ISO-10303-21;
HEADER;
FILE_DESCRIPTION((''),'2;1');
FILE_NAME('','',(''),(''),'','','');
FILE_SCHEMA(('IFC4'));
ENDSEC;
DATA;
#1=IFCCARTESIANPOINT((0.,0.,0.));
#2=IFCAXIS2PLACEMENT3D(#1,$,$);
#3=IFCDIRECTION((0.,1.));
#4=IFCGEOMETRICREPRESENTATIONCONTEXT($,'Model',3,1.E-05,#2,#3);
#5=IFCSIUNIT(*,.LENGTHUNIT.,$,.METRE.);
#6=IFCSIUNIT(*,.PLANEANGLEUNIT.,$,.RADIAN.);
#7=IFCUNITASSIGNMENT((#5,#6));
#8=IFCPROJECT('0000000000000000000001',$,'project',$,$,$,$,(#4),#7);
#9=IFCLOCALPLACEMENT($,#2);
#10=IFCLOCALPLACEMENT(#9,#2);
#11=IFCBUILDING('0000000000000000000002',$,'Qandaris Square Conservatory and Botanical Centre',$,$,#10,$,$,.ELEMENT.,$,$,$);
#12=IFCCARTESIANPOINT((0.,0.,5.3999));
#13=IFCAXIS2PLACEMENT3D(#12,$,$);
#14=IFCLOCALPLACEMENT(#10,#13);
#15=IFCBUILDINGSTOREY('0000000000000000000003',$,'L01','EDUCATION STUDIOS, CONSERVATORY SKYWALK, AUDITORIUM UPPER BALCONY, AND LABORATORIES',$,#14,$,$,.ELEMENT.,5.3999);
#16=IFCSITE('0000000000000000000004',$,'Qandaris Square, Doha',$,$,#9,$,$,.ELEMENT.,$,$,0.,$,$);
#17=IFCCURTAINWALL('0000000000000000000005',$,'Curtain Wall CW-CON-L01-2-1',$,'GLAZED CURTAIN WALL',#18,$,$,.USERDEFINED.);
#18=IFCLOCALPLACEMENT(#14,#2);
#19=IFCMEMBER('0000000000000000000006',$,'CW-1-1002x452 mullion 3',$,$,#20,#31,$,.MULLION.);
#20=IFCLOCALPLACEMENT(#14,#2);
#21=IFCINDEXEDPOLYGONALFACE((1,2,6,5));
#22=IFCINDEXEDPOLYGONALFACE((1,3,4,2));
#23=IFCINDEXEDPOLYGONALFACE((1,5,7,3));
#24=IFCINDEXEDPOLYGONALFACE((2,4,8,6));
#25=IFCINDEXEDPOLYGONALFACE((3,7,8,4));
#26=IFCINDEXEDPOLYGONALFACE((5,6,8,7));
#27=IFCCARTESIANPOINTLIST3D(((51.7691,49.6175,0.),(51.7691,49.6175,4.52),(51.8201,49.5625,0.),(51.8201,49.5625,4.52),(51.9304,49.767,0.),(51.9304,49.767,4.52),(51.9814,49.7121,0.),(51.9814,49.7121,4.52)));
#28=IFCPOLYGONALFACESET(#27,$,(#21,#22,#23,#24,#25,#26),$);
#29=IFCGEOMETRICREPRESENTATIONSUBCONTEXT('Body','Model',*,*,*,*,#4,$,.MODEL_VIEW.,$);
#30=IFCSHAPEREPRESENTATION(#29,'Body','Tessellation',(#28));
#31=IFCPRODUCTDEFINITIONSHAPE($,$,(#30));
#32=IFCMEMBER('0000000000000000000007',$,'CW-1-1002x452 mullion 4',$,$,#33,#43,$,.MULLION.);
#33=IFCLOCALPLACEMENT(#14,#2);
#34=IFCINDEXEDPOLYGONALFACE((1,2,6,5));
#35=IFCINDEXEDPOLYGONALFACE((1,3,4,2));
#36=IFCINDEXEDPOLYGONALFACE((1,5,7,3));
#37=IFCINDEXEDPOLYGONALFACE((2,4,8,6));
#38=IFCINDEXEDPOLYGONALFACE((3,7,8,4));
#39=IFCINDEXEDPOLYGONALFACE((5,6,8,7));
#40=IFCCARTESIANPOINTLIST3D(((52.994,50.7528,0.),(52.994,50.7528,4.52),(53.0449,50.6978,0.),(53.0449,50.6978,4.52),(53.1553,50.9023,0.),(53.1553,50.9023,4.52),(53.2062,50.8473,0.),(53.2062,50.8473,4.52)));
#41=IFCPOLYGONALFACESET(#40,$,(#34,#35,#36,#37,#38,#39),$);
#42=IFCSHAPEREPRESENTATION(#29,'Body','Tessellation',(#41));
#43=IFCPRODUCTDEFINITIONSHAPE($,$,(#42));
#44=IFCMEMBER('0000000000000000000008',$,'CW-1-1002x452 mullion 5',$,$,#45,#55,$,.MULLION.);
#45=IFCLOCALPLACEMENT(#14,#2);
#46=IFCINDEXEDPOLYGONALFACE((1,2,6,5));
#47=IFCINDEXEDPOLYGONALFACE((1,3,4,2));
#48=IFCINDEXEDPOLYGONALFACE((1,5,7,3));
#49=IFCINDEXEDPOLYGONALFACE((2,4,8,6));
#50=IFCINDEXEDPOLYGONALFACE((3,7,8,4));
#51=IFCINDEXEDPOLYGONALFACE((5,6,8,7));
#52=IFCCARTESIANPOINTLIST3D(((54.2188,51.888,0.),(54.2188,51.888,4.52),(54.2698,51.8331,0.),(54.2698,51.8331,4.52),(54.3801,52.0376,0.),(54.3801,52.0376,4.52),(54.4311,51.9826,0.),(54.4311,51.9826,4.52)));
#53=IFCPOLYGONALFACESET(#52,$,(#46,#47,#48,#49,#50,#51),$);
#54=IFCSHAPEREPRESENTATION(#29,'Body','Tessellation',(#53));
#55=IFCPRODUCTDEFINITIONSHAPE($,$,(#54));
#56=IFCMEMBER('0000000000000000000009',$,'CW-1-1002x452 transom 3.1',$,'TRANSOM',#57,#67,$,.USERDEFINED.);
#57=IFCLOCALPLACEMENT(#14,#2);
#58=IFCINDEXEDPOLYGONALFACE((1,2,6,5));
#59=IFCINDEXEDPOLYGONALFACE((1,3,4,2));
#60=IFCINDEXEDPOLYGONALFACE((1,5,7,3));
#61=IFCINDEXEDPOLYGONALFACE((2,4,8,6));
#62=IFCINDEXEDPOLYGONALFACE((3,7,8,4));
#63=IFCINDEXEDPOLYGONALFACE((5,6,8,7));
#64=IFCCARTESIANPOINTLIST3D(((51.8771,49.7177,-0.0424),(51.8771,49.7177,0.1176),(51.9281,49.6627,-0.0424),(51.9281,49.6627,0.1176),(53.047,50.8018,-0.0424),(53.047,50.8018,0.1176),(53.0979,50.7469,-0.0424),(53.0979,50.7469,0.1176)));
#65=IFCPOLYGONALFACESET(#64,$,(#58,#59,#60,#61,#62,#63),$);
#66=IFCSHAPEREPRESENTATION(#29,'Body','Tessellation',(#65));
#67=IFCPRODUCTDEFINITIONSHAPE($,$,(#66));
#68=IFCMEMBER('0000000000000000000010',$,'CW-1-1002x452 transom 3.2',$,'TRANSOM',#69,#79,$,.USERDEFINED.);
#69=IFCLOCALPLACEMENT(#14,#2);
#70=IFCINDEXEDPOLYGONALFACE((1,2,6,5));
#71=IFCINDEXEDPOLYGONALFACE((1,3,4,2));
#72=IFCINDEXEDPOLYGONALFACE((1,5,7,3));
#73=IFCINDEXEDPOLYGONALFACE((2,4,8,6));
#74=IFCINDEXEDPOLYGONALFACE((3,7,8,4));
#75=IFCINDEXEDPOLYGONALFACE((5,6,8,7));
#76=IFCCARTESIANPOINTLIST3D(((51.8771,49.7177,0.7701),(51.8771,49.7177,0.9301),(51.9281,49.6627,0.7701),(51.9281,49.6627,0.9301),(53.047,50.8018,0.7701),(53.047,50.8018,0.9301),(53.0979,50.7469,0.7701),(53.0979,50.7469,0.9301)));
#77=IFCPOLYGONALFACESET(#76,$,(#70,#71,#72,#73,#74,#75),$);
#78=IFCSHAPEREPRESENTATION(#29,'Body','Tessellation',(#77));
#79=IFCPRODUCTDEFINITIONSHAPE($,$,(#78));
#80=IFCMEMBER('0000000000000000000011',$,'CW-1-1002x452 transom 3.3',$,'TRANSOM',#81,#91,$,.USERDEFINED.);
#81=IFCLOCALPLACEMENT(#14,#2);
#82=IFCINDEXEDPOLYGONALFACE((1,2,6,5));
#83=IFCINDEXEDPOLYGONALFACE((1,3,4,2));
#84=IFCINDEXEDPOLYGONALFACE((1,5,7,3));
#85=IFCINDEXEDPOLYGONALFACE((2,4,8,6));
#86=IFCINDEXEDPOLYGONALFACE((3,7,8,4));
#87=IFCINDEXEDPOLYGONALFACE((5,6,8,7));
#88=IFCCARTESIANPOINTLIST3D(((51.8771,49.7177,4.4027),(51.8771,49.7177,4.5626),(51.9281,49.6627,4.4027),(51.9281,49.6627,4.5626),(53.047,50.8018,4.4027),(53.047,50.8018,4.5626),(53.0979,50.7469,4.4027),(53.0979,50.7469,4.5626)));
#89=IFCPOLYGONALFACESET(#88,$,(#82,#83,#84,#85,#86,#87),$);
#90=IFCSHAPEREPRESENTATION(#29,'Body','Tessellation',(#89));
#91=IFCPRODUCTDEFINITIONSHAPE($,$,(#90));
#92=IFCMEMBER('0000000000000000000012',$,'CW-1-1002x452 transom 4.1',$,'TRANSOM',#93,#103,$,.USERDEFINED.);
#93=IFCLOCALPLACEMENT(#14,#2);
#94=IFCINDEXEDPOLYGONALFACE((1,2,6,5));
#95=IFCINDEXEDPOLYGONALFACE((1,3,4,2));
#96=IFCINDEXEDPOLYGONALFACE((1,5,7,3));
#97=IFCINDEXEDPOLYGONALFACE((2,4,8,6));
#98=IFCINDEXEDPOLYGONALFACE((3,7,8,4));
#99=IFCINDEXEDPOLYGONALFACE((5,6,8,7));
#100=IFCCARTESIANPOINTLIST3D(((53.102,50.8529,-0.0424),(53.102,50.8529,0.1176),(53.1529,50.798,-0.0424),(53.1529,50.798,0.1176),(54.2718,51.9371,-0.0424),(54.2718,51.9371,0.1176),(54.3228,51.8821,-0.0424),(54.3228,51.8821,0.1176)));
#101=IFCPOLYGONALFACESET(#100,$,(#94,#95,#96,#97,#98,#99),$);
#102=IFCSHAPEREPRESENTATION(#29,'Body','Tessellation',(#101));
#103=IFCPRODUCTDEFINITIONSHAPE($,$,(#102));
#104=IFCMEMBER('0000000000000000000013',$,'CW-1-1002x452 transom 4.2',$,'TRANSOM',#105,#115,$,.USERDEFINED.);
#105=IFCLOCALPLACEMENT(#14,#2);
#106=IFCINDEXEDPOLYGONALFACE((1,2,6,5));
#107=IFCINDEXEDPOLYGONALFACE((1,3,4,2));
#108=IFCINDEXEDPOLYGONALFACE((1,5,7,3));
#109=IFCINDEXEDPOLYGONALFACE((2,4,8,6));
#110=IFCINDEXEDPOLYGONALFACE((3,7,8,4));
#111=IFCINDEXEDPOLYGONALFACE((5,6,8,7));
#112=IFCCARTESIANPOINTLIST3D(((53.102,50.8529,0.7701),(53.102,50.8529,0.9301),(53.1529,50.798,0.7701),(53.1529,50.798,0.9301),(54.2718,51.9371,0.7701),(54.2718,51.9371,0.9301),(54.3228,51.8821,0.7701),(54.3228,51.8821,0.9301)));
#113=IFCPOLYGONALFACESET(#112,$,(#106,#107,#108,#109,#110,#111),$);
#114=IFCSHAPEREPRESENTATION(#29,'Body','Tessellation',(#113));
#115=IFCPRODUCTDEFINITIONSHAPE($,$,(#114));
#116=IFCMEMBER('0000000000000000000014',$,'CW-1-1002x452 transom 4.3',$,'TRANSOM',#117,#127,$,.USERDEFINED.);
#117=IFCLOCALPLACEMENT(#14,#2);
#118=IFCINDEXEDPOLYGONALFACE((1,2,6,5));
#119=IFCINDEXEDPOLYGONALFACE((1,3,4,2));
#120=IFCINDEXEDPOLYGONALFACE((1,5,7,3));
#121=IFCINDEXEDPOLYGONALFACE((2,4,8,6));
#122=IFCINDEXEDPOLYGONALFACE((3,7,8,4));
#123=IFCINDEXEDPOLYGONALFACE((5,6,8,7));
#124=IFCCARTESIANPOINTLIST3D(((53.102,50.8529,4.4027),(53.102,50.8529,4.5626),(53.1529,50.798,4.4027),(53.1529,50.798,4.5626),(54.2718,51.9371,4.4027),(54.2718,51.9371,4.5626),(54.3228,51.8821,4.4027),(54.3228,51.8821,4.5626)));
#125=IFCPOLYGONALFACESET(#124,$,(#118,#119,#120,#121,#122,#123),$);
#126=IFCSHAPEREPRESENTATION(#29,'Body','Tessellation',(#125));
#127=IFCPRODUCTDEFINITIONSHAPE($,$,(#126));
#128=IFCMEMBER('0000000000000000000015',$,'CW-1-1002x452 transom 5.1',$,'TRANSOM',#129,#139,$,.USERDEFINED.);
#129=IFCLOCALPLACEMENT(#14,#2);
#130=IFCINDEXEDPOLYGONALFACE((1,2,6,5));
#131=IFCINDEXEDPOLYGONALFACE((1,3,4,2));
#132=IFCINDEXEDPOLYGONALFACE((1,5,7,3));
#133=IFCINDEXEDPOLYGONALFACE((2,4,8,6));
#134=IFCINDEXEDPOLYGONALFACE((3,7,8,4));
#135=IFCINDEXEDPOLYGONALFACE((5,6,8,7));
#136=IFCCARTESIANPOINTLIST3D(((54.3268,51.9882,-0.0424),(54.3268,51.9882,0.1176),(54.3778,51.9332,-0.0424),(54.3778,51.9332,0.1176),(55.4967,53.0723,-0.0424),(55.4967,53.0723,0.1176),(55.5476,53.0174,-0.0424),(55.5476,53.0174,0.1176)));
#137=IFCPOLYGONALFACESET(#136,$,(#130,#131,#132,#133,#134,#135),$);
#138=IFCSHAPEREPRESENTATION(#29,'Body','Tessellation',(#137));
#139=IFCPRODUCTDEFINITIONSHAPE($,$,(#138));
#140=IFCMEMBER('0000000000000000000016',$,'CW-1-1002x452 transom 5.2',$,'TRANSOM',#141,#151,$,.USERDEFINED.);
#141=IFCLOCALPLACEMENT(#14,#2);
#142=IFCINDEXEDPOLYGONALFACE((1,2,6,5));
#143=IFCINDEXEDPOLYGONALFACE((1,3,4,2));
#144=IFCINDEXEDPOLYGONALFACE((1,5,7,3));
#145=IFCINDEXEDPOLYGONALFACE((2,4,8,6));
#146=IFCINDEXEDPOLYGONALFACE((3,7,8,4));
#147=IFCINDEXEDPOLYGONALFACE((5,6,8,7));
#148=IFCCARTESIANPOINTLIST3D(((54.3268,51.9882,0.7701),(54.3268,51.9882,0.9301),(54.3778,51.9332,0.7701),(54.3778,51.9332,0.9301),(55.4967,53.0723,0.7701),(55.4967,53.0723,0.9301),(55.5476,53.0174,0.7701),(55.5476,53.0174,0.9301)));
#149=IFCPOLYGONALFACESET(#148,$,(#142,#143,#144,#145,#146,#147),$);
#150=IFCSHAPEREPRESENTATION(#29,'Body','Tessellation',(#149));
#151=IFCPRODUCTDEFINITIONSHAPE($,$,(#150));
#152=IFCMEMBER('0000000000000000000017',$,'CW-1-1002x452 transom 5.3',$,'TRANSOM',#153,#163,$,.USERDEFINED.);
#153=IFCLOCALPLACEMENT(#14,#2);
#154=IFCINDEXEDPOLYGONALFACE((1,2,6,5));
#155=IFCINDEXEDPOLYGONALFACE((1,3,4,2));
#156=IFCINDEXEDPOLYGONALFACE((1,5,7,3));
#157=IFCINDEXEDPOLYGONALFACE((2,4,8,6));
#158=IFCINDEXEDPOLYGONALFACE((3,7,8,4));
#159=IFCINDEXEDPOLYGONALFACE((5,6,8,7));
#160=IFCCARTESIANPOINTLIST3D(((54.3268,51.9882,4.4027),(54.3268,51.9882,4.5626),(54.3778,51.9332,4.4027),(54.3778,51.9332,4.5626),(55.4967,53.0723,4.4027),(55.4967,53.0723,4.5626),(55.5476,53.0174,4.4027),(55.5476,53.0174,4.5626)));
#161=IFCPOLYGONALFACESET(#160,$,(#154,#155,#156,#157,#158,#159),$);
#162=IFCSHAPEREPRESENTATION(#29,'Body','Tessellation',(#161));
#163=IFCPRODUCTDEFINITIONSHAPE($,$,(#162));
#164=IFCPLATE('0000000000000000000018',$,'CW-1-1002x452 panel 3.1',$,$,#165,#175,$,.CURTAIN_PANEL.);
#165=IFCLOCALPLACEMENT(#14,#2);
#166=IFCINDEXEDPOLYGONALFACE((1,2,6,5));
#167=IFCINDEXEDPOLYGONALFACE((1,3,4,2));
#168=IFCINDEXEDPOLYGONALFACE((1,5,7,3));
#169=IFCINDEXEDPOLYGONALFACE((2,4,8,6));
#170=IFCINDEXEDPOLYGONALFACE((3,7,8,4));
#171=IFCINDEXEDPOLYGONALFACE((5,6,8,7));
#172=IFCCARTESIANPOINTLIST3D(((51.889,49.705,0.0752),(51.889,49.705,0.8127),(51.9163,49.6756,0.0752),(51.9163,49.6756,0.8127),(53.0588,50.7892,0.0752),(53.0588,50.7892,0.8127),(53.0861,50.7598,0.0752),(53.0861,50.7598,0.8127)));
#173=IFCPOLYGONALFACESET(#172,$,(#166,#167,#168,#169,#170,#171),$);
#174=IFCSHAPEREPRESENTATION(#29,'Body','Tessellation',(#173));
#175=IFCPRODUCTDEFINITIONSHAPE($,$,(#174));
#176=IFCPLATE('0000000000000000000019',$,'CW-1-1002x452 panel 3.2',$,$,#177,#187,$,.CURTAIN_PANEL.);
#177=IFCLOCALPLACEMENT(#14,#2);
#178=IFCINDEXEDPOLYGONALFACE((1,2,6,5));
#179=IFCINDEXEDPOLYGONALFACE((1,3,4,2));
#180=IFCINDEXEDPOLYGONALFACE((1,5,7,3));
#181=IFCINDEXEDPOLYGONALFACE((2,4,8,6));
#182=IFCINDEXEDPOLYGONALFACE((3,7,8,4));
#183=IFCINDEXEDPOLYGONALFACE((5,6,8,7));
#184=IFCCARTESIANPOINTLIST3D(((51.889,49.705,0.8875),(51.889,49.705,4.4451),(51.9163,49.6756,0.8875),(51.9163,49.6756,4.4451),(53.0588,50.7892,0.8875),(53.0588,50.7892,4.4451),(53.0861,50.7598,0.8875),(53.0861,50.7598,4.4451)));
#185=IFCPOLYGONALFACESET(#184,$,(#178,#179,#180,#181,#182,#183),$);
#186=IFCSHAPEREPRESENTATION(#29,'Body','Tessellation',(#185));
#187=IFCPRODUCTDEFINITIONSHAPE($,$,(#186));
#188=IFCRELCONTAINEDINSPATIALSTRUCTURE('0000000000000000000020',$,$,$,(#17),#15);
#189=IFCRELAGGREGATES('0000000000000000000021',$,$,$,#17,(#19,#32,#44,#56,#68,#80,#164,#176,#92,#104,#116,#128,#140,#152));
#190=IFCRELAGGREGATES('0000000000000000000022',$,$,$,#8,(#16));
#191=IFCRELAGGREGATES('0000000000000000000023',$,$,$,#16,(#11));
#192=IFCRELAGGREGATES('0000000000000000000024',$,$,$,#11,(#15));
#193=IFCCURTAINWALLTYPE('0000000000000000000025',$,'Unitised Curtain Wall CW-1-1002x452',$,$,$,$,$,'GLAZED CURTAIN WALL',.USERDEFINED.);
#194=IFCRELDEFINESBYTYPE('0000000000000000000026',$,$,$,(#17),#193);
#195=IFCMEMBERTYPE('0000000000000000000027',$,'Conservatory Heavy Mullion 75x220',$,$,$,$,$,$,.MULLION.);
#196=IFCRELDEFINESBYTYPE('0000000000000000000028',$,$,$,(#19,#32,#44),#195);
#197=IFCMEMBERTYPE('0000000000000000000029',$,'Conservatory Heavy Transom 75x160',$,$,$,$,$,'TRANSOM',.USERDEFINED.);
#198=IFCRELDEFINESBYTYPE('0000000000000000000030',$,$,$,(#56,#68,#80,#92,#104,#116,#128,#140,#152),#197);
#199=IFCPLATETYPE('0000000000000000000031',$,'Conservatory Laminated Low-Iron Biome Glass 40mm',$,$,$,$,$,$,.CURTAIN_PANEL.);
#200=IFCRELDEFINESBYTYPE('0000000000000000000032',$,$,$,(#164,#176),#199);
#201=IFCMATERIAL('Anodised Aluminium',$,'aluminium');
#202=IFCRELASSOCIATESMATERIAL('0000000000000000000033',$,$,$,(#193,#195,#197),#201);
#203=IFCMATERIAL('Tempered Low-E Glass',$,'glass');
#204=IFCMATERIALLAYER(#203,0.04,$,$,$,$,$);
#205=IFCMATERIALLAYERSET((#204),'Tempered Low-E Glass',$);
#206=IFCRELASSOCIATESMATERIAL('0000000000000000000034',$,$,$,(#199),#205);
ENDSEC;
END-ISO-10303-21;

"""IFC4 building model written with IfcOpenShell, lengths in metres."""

from ifc_helpers import new_model, si_unit, direction, frame, origin, origin_2d, place, context, subcontext, project, spatial, rectangle, extrude, material, layer, layer_set, material_profile, profile_set, type_object, element, aggregate, save


model = new_model("IFC4")

# Units and contexts
model_context = context("Model", 3, precision=1e-05, world=origin(), true_north=direction((0.0, 1.0)))
body_context = subcontext(model_context, "Body", "Model", "MODEL_VIEW")
ifc_project = project(units=[si_unit("LENGTHUNIT", "METRE"), si_unit("PLANEANGLEUNIT", "RADIAN")], contexts=[model_context])

# Site, building, storey
site_placement = place(None, origin())
site = spatial("IfcSite", under=ifc_project, at=site_placement, Name="Qandaris Square, Doha", CompositionType="ELEMENT", RefElevation=0.0)
building_placement = place(site_placement, origin())
building = spatial("IfcBuilding", under=site, at=building_placement, Name="Qandaris Square Conservatory and Botanical Centre", CompositionType="ELEMENT")
storey_placement = place(building_placement, frame((0.0, 0.0, 5.3999)))
storey = spatial("IfcBuildingStorey", under=building, at=storey_placement, Name="L01", Description="EDUCATION STUDIOS, CONSERVATORY SKYWALK, AUDITORIUM UPPER BALCONY, AND LABORATORIES", CompositionType="ELEMENT", Elevation=5.3999)

# Curtain wall, members, plates
ifc_material_1 = material(Name="Anodised Aluminium", Category="aluminium")
curtain_wall_type = type_object("IfcCurtainWallType", Name="Unitised Curtain Wall CW-1-1002x452", ElementType="GLAZED CURTAIN WALL", PredefinedType="USERDEFINED", material=ifc_material_1)
curtain_wall_placement = place(storey_placement, origin())
curtain_wall = element("IfcCurtainWall", 1, at=curtain_wall_placement, inside=storey, type_object=curtain_wall_type, Name="Curtain Wall CW-CON-L01-2-1", ObjectType="GLAZED CURTAIN WALL", PredefinedType="USERDEFINED")
ifc_material_profile_1 = material_profile(ifc_material_1, rectangle(XDim=0.075, YDim=0.22, at=origin_2d()), Name="ALU-MUL 75x220")
ifc_profile_set_1 = profile_set([ifc_material_profile_1], Name="Anodised Aluminium")
member_type_1 = type_object("IfcMemberType", Name="Conservatory Heavy Mullion 75x220", PredefinedType="MULLION", material=ifc_profile_set_1)
member_1_placement = place(storey_placement, frame((51.8752, 49.6648, 0.0), z_axis=(0.0, 0.0, 1.0), x_axis=(-0.679762, 0.733433, 0.0)))
member_1 = element("IfcMember", 2, at=member_1_placement, type_object=member_type_1, Name="CW-1-1002x452 mullion 3", PredefinedType="MULLION", context=body_context, shape_type="SweptSolid", body=[
    extrude(rectangle(XDim=0.075, YDim=0.22, at=origin_2d()), origin(), (0.0, 0.0, 1.0), 4.52),
])
member_2_placement = place(storey_placement, frame((53.1001, 50.8, 0.0), z_axis=(0.0, 0.0, 1.0), x_axis=(-0.679762, 0.733433, 0.0)))
member_2 = element("IfcMember", 3, at=member_2_placement, type_object=member_type_1, Name="CW-1-1002x452 mullion 4", PredefinedType="MULLION", context=body_context, shape_type="SweptSolid", body=[
    extrude(rectangle(XDim=0.075, YDim=0.22, at=origin_2d()), origin(), (0.0, 0.0, 1.0), 4.52),
])
member_3_placement = place(storey_placement, frame((54.325, 51.9353, 0.0), z_axis=(0.0, 0.0, 1.0), x_axis=(-0.679762, 0.733433, 0.0)))
member_3 = element("IfcMember", 4, at=member_3_placement, type_object=member_type_1, Name="CW-1-1002x452 mullion 5", PredefinedType="MULLION", context=body_context, shape_type="SweptSolid", body=[
    extrude(rectangle(XDim=0.075, YDim=0.22, at=origin_2d()), origin(), (0.0, 0.0, 1.0), 4.52),
])
ifc_material_profile_2 = material_profile(ifc_material_1, rectangle(XDim=0.075, YDim=0.1599, at=origin_2d()), Name="ALU-TRN 75x160")
ifc_profile_set_2 = profile_set([ifc_material_profile_2], Name="Anodised Aluminium")
member_type_2 = type_object("IfcMemberType", Name="Conservatory Heavy Transom 75x160", ElementType="TRANSOM", PredefinedType="USERDEFINED", material=ifc_profile_set_2)
member_4_placement = place(storey_placement, frame((51.9026, 49.6902, 0.0376), z_axis=(0.733458, 0.679735, 0.0), x_axis=(-0.679735, 0.733458, 0.0)))
member_4 = element("IfcMember", 5, at=member_4_placement, type_object=member_type_2, Name="CW-1-1002x452 transom 3.1", ObjectType="TRANSOM", PredefinedType="USERDEFINED", context=body_context, shape_type="SweptSolid", body=[
    extrude(rectangle(XDim=0.075, YDim=0.1599, at=origin_2d()), origin(), (0.0, 0.0, 1.0), 1.595),
])
member_5_placement = place(storey_placement, frame((51.9026, 49.6902, 0.8501), z_axis=(0.733458, 0.679735, 0.0), x_axis=(-0.679735, 0.733458, 0.0)))
member_5 = element("IfcMember", 6, at=member_5_placement, type_object=member_type_2, Name="CW-1-1002x452 transom 3.2", ObjectType="TRANSOM", PredefinedType="USERDEFINED", context=body_context, shape_type="SweptSolid", body=[
    extrude(rectangle(XDim=0.075, YDim=0.1599, at=origin_2d()), origin(), (0.0, 0.0, 1.0), 1.595),
])
member_6_placement = place(storey_placement, frame((51.9026, 49.6902, 4.4827), z_axis=(0.733458, 0.679735, 0.0), x_axis=(-0.679735, 0.733458, 0.0)))
member_6 = element("IfcMember", 7, at=member_6_placement, type_object=member_type_2, Name="CW-1-1002x452 transom 3.3", ObjectType="TRANSOM", PredefinedType="USERDEFINED", context=body_context, shape_type="SweptSolid", body=[
    extrude(rectangle(XDim=0.075, YDim=0.1599, at=origin_2d()), origin(), (0.0, 0.0, 1.0), 1.595),
])
member_7_placement = place(storey_placement, frame((53.1274, 50.8254, 0.0376), z_axis=(0.733458, 0.679735, 0.0), x_axis=(-0.679735, 0.733458, 0.0)))
member_7 = element("IfcMember", 8, at=member_7_placement, type_object=member_type_2, Name="CW-1-1002x452 transom 4.1", ObjectType="TRANSOM", PredefinedType="USERDEFINED", context=body_context, shape_type="SweptSolid", body=[
    extrude(rectangle(XDim=0.075, YDim=0.1599, at=origin_2d()), origin(), (0.0, 0.0, 1.0), 1.595),
])
member_8_placement = place(storey_placement, frame((53.1274, 50.8254, 0.8501), z_axis=(0.733458, 0.679735, 0.0), x_axis=(-0.679735, 0.733458, 0.0)))
member_8 = element("IfcMember", 9, at=member_8_placement, type_object=member_type_2, Name="CW-1-1002x452 transom 4.2", ObjectType="TRANSOM", PredefinedType="USERDEFINED", context=body_context, shape_type="SweptSolid", body=[
    extrude(rectangle(XDim=0.075, YDim=0.1599, at=origin_2d()), origin(), (0.0, 0.0, 1.0), 1.595),
])
member_9_placement = place(storey_placement, frame((53.1274, 50.8254, 4.4827), z_axis=(0.733458, 0.679735, 0.0), x_axis=(-0.679735, 0.733458, 0.0)))
member_9 = element("IfcMember", 10, at=member_9_placement, type_object=member_type_2, Name="CW-1-1002x452 transom 4.3", ObjectType="TRANSOM", PredefinedType="USERDEFINED", context=body_context, shape_type="SweptSolid", body=[
    extrude(rectangle(XDim=0.075, YDim=0.1599, at=origin_2d()), origin(), (0.0, 0.0, 1.0), 1.595),
])
member_10_placement = place(storey_placement, frame((54.3523, 51.9607, 0.0376), z_axis=(0.733458, 0.679735, 0.0), x_axis=(-0.679735, 0.733458, 0.0)))
member_10 = element("IfcMember", 11, at=member_10_placement, type_object=member_type_2, Name="CW-1-1002x452 transom 5.1", ObjectType="TRANSOM", PredefinedType="USERDEFINED", context=body_context, shape_type="SweptSolid", body=[
    extrude(rectangle(XDim=0.075, YDim=0.1599, at=origin_2d()), origin(), (0.0, 0.0, 1.0), 1.595),
])
member_11_placement = place(storey_placement, frame((54.3523, 51.9607, 0.8501), z_axis=(0.733458, 0.679735, 0.0), x_axis=(-0.679735, 0.733458, 0.0)))
member_11 = element("IfcMember", 12, at=member_11_placement, type_object=member_type_2, Name="CW-1-1002x452 transom 5.2", ObjectType="TRANSOM", PredefinedType="USERDEFINED", context=body_context, shape_type="SweptSolid", body=[
    extrude(rectangle(XDim=0.075, YDim=0.1599, at=origin_2d()), origin(), (0.0, 0.0, 1.0), 1.595),
])
member_12_placement = place(storey_placement, frame((54.3523, 51.9607, 4.4827), z_axis=(0.733458, 0.679735, 0.0), x_axis=(-0.679735, 0.733458, 0.0)))
member_12 = element("IfcMember", 13, at=member_12_placement, type_object=member_type_2, Name="CW-1-1002x452 transom 5.3", ObjectType="TRANSOM", PredefinedType="USERDEFINED", context=body_context, shape_type="SweptSolid", body=[
    extrude(rectangle(XDim=0.075, YDim=0.1599, at=origin_2d()), origin(), (0.0, 0.0, 1.0), 1.595),
])
ifc_material_2 = material(Name="Tempered Low-E Glass", Category="glass")
ifc_layer_1 = layer(ifc_material_2, 0.04)
ifc_layer_set_1 = layer_set([ifc_layer_1], Name="Tempered Low-E Glass")
plate_type_1 = type_object("IfcPlateType", Name="Conservatory Laminated Low-Iron Biome Glass 40mm", PredefinedType="CURTAIN_PANEL", material=ifc_layer_set_1)
plate_1_placement = place(storey_placement, frame((52.4875, 50.2324, 0.0752), z_axis=(0.0, 0.0, 1.0), x_axis=(0.733433, 0.679762, 0.0)))
plate_1 = element("IfcPlate", 14, at=plate_1_placement, type_object=plate_type_1, Name="CW-1-1002x452 panel 3.1", PredefinedType="CURTAIN_PANEL", context=body_context, shape_type="SweptSolid", body=[
    extrude(rectangle(XDim=1.595, YDim=0.04, at=origin_2d()), origin(), (0.0, 0.0, 1.0), 0.7375),
])
plate_2_placement = place(storey_placement, frame((52.4875, 50.2324, 0.8875), z_axis=(0.0, 0.0, 1.0), x_axis=(0.733433, 0.679762, 0.0)))
plate_2 = element("IfcPlate", 15, at=plate_2_placement, type_object=plate_type_1, Name="CW-1-1002x452 panel 3.2", PredefinedType="CURTAIN_PANEL", context=body_context, shape_type="SweptSolid", body=[
    extrude(rectangle(XDim=1.595, YDim=0.04, at=origin_2d()), origin(), (0.0, 0.0, 1.0), 3.5576),
])
aggregate(curtain_wall, [member_1, member_2, member_3, member_4, member_5, member_6, plate_1, plate_2, member_7, member_8, member_9, member_10, member_11, member_12])

save(model, "model.ifc")
